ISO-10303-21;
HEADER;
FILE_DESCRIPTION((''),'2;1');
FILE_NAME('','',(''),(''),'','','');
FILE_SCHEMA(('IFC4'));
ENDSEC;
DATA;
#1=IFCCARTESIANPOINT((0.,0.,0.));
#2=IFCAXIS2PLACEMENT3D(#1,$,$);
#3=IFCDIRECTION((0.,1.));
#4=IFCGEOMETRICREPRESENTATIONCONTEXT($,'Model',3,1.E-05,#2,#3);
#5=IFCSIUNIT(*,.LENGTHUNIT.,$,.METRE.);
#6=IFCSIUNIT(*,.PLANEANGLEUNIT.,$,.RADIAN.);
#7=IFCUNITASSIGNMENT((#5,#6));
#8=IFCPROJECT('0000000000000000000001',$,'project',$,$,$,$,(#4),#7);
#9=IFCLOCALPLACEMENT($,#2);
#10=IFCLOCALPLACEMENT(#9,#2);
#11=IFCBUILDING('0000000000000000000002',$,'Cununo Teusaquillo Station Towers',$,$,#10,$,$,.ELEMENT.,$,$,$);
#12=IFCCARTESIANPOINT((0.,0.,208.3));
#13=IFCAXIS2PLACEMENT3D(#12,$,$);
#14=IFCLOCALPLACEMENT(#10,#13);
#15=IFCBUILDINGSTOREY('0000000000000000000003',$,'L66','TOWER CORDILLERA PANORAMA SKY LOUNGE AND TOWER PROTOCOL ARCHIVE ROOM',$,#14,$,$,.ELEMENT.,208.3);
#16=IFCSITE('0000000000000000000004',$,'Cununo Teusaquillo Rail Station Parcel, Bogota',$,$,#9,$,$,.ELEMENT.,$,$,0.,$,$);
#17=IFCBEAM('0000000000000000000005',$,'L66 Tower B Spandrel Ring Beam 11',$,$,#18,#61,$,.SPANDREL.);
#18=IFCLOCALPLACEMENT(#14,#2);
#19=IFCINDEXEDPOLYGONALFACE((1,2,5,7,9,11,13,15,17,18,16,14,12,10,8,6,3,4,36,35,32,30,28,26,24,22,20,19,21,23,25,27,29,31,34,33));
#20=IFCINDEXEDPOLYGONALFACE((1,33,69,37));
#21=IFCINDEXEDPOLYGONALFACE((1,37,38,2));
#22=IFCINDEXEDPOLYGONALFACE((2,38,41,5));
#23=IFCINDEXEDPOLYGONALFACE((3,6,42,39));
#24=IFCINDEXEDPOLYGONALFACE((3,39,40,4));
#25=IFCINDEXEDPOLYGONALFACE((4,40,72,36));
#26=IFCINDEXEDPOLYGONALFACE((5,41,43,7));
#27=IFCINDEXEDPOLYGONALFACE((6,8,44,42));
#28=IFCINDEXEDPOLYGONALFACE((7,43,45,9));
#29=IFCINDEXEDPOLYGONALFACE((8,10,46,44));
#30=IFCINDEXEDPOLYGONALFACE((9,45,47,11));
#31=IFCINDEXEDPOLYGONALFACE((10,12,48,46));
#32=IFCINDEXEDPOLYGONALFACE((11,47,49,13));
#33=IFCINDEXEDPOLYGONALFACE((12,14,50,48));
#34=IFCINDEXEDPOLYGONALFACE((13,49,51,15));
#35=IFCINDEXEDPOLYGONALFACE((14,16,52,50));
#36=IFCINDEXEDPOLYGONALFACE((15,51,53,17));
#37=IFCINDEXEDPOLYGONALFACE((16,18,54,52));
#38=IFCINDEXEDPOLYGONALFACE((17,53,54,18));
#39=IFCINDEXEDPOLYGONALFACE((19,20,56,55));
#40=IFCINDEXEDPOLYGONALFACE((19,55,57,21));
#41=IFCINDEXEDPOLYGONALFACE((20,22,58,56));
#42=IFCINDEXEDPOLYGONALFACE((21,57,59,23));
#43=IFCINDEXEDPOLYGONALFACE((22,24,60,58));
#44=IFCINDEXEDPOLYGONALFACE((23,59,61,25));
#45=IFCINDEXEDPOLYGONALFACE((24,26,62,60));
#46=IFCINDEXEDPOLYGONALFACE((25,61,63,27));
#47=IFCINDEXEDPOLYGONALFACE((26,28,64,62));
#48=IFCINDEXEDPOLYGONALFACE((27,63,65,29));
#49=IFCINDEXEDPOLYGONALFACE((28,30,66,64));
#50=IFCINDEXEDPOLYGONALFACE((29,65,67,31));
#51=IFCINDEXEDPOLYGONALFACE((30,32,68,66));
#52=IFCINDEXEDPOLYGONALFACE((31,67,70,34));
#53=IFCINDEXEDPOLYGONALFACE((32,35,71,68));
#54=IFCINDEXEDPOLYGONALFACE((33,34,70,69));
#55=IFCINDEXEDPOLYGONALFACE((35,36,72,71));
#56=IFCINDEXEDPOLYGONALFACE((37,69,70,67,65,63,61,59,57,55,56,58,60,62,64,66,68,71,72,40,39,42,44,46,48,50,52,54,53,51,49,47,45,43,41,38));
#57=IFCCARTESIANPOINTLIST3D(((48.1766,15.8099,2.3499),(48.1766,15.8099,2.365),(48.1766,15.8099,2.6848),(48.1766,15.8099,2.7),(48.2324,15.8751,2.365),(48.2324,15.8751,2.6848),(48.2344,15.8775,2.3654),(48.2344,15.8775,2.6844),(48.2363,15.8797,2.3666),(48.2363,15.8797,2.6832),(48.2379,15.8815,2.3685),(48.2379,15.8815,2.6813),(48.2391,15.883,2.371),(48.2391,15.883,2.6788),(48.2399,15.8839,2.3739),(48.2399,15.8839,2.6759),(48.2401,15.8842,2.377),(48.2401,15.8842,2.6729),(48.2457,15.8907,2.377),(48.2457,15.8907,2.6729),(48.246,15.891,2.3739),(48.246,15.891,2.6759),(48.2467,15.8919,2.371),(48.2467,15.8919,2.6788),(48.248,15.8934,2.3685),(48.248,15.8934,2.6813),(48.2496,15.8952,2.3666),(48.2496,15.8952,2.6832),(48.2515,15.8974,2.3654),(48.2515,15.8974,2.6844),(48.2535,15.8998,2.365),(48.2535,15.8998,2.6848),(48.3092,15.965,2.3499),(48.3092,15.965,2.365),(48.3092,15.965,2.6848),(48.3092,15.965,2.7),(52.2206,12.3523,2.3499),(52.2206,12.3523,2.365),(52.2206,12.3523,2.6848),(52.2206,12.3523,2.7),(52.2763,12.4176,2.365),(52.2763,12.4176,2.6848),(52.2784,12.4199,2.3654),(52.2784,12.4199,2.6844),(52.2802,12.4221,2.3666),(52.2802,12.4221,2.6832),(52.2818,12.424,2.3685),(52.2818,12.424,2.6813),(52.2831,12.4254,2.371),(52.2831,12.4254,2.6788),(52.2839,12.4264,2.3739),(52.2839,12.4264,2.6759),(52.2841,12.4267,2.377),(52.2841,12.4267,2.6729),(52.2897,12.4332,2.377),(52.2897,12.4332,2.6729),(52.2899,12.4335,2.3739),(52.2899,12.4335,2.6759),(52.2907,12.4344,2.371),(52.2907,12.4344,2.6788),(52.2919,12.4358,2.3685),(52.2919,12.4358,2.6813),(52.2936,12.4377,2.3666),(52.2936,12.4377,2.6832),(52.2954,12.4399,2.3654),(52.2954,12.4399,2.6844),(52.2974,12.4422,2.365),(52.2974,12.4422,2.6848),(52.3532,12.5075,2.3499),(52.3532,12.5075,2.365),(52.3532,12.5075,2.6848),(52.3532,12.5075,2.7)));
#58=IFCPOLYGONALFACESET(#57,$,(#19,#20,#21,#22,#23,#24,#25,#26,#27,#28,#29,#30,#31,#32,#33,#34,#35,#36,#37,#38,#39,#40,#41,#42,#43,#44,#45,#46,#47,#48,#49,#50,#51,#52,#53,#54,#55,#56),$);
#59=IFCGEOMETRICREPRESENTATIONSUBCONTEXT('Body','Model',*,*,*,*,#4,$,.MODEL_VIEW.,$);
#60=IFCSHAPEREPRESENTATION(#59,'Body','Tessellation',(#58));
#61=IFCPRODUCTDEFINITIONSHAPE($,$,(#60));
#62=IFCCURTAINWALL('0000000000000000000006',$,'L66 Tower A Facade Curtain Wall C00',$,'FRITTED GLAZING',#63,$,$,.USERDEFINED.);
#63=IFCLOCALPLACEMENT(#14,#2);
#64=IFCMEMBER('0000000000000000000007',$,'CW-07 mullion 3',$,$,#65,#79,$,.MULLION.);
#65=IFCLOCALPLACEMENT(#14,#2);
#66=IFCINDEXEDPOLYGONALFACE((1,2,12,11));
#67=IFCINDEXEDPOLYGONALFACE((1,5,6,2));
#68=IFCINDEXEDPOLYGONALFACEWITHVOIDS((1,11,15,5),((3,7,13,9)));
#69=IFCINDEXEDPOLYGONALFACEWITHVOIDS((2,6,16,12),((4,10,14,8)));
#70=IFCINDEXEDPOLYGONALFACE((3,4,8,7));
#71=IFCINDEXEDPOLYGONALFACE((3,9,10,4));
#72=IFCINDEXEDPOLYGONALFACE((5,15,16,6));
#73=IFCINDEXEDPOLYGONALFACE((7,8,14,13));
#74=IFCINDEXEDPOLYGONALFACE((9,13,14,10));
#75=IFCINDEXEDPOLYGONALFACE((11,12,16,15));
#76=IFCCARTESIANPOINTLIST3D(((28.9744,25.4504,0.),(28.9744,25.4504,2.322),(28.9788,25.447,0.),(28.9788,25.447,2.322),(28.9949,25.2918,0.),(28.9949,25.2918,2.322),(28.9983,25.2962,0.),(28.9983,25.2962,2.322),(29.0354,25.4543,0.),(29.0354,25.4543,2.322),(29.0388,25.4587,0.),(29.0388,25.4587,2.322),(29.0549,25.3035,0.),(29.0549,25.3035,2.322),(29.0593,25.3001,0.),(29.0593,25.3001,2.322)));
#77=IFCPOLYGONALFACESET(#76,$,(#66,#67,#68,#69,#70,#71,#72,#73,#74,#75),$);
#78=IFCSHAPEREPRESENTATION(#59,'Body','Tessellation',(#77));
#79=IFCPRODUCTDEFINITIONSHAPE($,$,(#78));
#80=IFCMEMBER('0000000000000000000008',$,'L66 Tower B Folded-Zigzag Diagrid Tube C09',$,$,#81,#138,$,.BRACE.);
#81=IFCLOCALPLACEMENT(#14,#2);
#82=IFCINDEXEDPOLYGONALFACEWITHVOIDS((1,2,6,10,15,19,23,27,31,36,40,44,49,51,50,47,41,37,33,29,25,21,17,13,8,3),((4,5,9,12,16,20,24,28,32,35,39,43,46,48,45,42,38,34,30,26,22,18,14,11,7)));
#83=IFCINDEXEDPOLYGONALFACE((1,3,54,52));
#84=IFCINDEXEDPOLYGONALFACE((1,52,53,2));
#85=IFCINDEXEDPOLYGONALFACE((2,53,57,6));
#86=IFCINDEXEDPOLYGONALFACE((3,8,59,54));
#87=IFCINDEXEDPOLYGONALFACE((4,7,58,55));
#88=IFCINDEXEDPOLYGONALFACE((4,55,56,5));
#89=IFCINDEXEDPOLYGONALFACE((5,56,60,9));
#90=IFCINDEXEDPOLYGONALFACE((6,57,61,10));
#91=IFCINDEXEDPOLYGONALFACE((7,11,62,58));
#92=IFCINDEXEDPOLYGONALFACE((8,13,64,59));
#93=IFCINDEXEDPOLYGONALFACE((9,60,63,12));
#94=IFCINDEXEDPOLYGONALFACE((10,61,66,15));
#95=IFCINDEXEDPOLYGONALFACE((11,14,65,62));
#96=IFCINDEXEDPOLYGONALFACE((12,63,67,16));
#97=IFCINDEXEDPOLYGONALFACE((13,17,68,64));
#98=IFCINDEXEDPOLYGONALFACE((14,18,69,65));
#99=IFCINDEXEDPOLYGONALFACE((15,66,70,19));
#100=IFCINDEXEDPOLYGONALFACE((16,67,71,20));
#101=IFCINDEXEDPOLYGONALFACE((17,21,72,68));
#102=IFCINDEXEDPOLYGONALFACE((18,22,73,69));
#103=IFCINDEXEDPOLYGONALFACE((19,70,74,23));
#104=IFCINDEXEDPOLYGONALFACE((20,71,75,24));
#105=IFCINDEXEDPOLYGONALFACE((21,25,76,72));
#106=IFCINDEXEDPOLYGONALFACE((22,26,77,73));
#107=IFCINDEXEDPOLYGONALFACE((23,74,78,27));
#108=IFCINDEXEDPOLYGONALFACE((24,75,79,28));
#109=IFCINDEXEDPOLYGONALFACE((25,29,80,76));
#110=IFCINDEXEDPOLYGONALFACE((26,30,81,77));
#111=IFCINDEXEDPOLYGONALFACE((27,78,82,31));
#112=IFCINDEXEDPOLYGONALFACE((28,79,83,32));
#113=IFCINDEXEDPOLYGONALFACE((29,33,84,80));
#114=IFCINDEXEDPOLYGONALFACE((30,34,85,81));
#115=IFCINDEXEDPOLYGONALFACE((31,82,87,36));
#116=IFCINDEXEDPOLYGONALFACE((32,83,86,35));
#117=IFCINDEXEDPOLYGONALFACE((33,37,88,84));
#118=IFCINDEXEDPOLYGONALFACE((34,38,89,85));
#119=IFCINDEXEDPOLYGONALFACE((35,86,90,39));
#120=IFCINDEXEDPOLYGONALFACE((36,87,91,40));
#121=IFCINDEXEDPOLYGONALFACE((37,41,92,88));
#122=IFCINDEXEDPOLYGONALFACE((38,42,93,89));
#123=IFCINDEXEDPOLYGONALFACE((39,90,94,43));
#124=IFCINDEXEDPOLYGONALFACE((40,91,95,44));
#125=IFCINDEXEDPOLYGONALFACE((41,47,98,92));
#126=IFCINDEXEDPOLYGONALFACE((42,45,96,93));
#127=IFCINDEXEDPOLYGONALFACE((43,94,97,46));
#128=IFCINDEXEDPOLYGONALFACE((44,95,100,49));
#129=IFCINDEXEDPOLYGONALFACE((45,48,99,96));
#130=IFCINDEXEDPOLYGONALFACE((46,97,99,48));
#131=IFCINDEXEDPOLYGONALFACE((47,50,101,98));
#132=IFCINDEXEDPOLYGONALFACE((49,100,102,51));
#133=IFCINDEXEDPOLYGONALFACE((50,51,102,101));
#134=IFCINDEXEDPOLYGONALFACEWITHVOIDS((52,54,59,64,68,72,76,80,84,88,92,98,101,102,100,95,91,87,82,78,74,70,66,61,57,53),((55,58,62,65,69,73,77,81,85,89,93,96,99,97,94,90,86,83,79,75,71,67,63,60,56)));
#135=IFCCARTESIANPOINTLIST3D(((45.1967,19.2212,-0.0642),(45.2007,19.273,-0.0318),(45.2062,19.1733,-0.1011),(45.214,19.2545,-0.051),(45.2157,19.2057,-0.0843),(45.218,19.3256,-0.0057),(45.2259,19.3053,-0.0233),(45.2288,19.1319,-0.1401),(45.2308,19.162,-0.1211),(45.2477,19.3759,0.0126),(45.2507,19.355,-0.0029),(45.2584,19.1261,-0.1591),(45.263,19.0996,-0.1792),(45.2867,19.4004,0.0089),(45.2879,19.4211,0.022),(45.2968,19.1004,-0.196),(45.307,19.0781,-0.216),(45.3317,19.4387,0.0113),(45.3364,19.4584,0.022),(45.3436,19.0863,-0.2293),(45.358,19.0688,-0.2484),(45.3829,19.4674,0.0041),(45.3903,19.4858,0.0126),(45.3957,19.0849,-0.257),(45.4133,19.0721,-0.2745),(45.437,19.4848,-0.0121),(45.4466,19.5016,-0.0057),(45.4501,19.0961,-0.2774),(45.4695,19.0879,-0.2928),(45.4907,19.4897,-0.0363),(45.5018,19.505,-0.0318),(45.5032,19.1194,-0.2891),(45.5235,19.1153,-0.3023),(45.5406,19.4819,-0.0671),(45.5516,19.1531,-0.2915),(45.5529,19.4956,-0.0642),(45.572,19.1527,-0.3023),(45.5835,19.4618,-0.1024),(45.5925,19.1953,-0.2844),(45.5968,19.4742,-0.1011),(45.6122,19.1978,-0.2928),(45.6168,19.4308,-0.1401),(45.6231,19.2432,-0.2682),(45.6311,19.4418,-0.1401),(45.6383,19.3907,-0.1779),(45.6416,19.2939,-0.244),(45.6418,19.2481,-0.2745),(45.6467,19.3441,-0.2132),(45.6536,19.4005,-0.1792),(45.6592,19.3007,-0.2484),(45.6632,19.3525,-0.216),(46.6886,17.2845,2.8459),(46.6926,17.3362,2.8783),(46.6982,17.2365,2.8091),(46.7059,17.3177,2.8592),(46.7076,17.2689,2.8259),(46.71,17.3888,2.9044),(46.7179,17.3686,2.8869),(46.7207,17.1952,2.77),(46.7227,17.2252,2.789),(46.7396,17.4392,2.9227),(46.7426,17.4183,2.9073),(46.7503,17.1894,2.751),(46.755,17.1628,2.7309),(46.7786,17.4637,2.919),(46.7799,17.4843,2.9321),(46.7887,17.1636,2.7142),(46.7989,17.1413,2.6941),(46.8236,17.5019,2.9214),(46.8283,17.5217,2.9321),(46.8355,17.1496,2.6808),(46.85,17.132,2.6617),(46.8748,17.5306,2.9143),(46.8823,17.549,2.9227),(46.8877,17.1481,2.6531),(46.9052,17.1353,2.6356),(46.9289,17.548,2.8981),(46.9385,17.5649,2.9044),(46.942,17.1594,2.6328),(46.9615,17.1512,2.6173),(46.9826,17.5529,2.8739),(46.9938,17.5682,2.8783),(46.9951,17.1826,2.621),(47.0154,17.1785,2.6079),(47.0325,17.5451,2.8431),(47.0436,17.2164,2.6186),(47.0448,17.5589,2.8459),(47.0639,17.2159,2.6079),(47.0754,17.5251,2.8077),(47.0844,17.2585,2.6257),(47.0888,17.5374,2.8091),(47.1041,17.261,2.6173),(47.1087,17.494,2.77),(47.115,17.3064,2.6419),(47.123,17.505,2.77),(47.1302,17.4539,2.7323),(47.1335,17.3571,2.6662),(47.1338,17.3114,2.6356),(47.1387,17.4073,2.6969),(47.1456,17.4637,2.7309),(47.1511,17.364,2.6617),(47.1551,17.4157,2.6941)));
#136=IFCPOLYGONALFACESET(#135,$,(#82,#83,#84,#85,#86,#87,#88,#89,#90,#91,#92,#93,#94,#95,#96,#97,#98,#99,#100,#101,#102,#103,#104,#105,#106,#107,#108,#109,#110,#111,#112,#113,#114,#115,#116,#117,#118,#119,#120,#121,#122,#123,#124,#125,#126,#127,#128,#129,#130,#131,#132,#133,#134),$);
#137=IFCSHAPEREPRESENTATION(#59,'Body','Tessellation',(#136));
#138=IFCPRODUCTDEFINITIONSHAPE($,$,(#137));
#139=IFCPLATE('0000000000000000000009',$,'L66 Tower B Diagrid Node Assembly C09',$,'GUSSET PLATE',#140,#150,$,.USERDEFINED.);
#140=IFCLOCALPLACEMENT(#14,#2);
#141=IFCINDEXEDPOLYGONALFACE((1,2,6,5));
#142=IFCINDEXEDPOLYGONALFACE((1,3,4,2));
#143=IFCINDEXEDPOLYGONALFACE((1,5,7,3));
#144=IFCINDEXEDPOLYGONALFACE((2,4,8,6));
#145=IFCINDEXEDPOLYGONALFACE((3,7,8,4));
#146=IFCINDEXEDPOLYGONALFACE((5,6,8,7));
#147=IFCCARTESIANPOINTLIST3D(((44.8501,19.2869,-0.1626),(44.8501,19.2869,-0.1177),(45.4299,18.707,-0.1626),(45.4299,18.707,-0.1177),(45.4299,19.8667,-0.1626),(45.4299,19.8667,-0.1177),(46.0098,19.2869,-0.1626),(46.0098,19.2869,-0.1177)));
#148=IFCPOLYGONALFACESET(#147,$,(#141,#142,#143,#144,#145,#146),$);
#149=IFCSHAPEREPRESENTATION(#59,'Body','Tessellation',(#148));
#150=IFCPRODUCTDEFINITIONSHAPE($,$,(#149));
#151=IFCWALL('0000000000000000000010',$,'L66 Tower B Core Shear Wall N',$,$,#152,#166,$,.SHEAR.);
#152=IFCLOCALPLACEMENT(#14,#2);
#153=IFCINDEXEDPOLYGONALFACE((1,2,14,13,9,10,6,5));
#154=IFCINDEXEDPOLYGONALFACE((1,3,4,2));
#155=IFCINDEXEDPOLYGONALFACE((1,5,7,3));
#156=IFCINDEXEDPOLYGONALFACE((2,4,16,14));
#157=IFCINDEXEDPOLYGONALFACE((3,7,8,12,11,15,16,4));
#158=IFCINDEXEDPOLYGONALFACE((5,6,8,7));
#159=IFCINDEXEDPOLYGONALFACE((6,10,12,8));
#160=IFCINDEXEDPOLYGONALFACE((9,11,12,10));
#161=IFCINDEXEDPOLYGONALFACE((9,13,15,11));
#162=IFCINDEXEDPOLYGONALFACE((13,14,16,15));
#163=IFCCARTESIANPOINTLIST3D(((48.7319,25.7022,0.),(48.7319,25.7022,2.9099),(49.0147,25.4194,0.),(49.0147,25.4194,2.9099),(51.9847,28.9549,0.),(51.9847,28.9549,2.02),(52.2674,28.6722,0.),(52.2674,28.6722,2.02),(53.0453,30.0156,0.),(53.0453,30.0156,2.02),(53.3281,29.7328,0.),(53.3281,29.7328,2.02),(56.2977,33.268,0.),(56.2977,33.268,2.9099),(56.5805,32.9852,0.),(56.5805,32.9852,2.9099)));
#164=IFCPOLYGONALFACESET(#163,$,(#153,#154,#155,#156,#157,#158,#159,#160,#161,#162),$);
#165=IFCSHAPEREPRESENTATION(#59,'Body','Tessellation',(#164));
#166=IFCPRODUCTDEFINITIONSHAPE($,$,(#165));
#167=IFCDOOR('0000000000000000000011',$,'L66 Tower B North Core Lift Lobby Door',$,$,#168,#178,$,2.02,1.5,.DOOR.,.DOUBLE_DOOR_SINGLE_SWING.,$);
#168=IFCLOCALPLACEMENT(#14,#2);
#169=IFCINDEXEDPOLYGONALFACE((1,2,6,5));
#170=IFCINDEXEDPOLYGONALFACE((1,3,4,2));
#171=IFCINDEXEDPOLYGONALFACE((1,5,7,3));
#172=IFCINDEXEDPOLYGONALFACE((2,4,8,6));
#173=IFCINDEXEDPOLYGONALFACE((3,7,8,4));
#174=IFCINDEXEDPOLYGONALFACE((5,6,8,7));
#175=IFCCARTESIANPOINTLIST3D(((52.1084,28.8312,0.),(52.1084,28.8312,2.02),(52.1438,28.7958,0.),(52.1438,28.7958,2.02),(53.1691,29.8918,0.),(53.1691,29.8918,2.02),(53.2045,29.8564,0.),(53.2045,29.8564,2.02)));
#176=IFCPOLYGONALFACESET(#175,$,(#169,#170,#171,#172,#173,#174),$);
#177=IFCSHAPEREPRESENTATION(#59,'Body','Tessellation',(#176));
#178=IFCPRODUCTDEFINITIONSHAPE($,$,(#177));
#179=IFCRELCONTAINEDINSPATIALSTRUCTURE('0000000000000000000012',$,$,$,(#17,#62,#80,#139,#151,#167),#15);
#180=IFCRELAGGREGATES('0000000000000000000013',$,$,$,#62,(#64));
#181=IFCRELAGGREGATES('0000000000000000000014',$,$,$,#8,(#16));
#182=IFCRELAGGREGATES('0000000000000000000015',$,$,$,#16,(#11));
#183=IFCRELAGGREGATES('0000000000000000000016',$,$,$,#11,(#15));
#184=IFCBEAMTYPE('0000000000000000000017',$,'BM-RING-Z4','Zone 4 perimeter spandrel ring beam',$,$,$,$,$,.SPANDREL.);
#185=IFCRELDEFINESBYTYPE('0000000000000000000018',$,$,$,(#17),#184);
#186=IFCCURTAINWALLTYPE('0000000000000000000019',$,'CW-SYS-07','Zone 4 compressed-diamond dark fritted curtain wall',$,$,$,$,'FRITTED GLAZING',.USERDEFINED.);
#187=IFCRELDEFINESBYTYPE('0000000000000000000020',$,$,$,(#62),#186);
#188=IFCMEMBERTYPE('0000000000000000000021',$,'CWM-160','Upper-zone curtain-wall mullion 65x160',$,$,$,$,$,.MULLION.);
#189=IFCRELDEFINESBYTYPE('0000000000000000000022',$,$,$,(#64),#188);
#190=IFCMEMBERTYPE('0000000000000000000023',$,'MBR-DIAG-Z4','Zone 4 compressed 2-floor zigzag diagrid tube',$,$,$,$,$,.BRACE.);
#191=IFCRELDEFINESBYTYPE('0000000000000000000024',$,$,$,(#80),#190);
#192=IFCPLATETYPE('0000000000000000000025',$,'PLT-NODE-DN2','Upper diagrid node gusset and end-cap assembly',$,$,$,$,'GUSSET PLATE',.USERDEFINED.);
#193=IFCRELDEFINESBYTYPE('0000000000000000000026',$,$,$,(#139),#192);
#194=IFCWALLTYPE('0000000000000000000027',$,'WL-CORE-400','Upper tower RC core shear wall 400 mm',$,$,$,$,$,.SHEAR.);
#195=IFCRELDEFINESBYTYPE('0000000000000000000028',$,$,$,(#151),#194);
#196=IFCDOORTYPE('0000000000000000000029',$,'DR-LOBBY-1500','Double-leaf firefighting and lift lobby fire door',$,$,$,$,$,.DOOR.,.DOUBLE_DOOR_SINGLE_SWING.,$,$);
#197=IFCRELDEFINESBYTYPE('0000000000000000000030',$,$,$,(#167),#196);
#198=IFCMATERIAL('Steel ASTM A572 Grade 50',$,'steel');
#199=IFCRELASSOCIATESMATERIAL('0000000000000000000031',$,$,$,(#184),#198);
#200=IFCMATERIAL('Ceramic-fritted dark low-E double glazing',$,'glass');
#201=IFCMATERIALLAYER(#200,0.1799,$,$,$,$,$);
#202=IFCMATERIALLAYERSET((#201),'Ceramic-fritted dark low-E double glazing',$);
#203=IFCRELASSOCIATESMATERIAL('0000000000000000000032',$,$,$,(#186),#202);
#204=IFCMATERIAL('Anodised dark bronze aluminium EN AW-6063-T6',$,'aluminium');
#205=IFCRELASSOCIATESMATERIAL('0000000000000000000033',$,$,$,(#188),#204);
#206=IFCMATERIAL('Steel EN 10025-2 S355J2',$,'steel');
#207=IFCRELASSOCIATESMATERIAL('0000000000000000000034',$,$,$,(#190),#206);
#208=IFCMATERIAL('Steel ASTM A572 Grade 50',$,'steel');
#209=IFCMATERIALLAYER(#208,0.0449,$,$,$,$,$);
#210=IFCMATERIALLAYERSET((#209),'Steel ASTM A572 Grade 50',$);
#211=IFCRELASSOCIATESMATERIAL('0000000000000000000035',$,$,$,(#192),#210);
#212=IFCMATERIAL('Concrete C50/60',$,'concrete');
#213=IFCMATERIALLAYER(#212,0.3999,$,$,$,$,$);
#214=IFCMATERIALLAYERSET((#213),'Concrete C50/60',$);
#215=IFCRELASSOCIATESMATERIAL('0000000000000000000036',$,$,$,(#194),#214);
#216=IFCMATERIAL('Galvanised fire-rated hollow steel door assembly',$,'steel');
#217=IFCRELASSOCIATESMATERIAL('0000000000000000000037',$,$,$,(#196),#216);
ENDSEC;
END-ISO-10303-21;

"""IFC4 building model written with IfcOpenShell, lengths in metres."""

from ifc_helpers import new_model, si_unit, direction, frame, frame_2d, origin, origin_2d, place, context, subcontext, project, spatial, rectangle, hollow_rectangle, hollow_circle, i_section, extrude, source, transform, mapped, material, layer, layer_set, material_profile, profile_set, type_object, element, fill, aggregate, save


model = new_model("IFC4")

# Units and contexts
model_context = context("Model", 3, precision=1e-05, world=origin(), true_north=direction((0.0, 1.0)))
body_context = subcontext(model_context, "Body", "Model", "MODEL_VIEW")
ifc_project = project(units=[si_unit("LENGTHUNIT", "METRE"), si_unit("PLANEANGLEUNIT", "RADIAN")], contexts=[model_context])

# Site, building, storey
site_placement = place(None, origin())
site = spatial("IfcSite", under=ifc_project, at=site_placement, Name="Cununo Teusaquillo Rail Station Parcel, Bogota", CompositionType="ELEMENT", RefElevation=0.0)
building_placement = place(site_placement, origin())
building = spatial("IfcBuilding", under=site, at=building_placement, Name="Cununo Teusaquillo Station Towers", CompositionType="ELEMENT")
storey_placement = place(building_placement, frame((0.0, 0.0, 208.3)))
storey = spatial("IfcBuildingStorey", under=building, at=storey_placement, Name="L66", Description="TOWER CORDILLERA PANORAMA SKY LOUNGE AND TOWER PROTOCOL ARCHIVE ROOM", CompositionType="ELEMENT", Elevation=208.3)

# Beam
ifc_material_1 = material(Name="Steel ASTM A572 Grade 50", Category="steel")
ifc_material_profile_1 = material_profile(ifc_material_1, i_section(OverallWidth=0.2041, OverallDepth=0.3501, WebThickness=0.0085, FlangeThickness=0.0151, FilletRadius=0.012, at=origin_2d()), Name="W14X48")
ifc_profile_set_1 = profile_set([ifc_material_profile_1], Name="Steel ASTM A572 Grade 50")
beam_type_1 = type_object("IfcBeamType", Name="BM-RING-Z4", Description="Zone 4 perimeter spandrel ring beam", PredefinedType="SPANDREL", material=ifc_profile_set_1)
beam_1_placement = place(storey_placement, frame((48.2429, 15.8875, 2.5249), z_axis=(0.760066, -0.649846, 0.0), x_axis=(0.649846, 0.760066, 0.0)))
element("IfcBeam", 1, at=beam_1_placement, inside=storey, type_object=beam_type_1, Name="L66 Tower B Spandrel Ring Beam 11", PredefinedType="SPANDREL", context=body_context, shape_type="SweptSolid", body=[
    extrude(i_section(OverallWidth=0.2041, OverallDepth=0.3501, WebThickness=0.0085, FlangeThickness=0.0151, FilletRadius=0.012, at=origin_2d()), origin(), (0.0, 0.0, 1.0), 5.3206),
])

# Curtain wall, member
ifc_material_2 = material(Name="Ceramic-fritted dark low-E double glazing", Category="glass")
ifc_layer_1 = layer(ifc_material_2, 0.1799)
ifc_layer_set_1 = layer_set([ifc_layer_1], Name="Ceramic-fritted dark low-E double glazing")
curtain_wall_type = type_object("IfcCurtainWallType", Name="CW-SYS-07", Description="Zone 4 compressed-diamond dark fritted curtain wall", ElementType="FRITTED GLAZING", PredefinedType="USERDEFINED", material=ifc_layer_set_1)
curtain_wall_placement = place(storey_placement, origin())
curtain_wall = element("IfcCurtainWall", 2, at=curtain_wall_placement, inside=storey, type_object=curtain_wall_type, Name="L66 Tower A Facade Curtain Wall C00", ObjectType="FRITTED GLAZING", PredefinedType="USERDEFINED")
ifc_material_3 = material(Name="Anodised dark bronze aluminium EN AW-6063-T6", Category="aluminium")
ifc_material_profile_2 = material_profile(ifc_material_3, hollow_rectangle(XDim=0.0649, YDim=0.1599, WallThickness=0.0039, at=origin_2d()), Name="CW-MULL-65x160")
ifc_profile_set_2 = profile_set([ifc_material_profile_2], Name="Anodised dark bronze aluminium EN AW-6063-T6")
member_type_1 = type_object("IfcMemberType", Name="CWM-160", Description="Upper-zone curtain-wall mullion 65x160", PredefinedType="MULLION", material=ifc_profile_set_2)
member_1_placement = place(storey_placement, frame((29.0168, 25.3752, 0.0), z_axis=(0.0, 0.0, 1.0), x_axis=(0.991742, 0.128253, 0.0)))
member_1 = element("IfcMember", 3, at=member_1_placement, type_object=member_type_1, Name="CW-07 mullion 3", PredefinedType="MULLION", context=body_context, shape_type="SweptSolid", body=[
    extrude(hollow_rectangle(XDim=0.0649, YDim=0.1599, WallThickness=0.0039, at=origin_2d()), origin(), (0.0, 0.0, 1.0), 2.322),
])
aggregate(curtain_wall, [member_1])

# Member
ifc_material_4 = material(Name="Steel EN 10025-2 S355J2", Category="steel")
ifc_material_profile_3 = material_profile(ifc_material_4, hollow_circle(Radius=0.2539, WallThickness=0.0181, at=origin_2d()), Name="CHS 508x18")
ifc_profile_set_3 = profile_set([ifc_material_profile_3], Name="Steel EN 10025-2 S355J2")
member_type_2 = type_object("IfcMemberType", Name="MBR-DIAG-Z4", Description="Zone 4 compressed 2-floor zigzag diagrid tube", PredefinedType="BRACE", material=ifc_profile_set_3)
member_2_placement = place(storey_placement, frame((45.4299, 19.2869, -0.1401), z_axis=(0.392535, -0.50957, 0.765672), x_axis=(0.792204, 0.610256, 0.0)))
element("IfcMember", 4, at=member_2_placement, inside=storey, type_object=member_type_2, Name="L66 Tower B Folded-Zigzag Diagrid Tube C09", PredefinedType="BRACE", context=body_context, shape_type="SweptSolid", body=[
    extrude(hollow_circle(Radius=0.2539, WallThickness=0.0181, at=origin_2d()), origin(), (0.0, 0.0, 1.0), 3.8008),
])

# Plate
ifc_material_5 = material(Name="Steel ASTM A572 Grade 50", Category="steel")
ifc_layer_2 = layer(ifc_material_5, 0.0449)
ifc_layer_set_2 = layer_set([ifc_layer_2], Name="Steel ASTM A572 Grade 50")
plate_type = type_object("IfcPlateType", Name="PLT-NODE-DN2", Description="Upper diagrid node gusset and end-cap assembly", ElementType="GUSSET PLATE", PredefinedType="USERDEFINED", material=ifc_layer_set_2)
shared_shape_1 = source(origin(), body_context, "Body", "SweptSolid", [
    extrude(rectangle(XDim=0.8201, YDim=0.8201, at=origin_2d()), origin(), (0.0, 0.0, 1.0), 0.0449),
])
plate_placement = place(storey_placement, frame((45.4299, 19.2869, -0.1626), z_axis=(0.0, 0.0, 1.0), x_axis=(0.707107, 0.707107, 0.0)))
element("IfcPlate", 5, at=plate_placement, inside=storey, type_object=plate_type, Name="L66 Tower B Diagrid Node Assembly C09", ObjectType="GUSSET PLATE", PredefinedType="USERDEFINED", context=body_context, shape_type="MappedRepresentation", body=[
    mapped(shared_shape_1, transform((0.0, 0.0, 0.0), x_axis=(1.0, 0.0, 0.0), y_axis=(0.0, 1.0, 0.0), z_axis=(0.0, 0.0, 1.0), scale=1.0)),
])

# Wall, opening, door
ifc_material_6 = material(Name="Concrete C50/60", Category="concrete")
ifc_layer_3 = layer(ifc_material_6, 0.3999)
ifc_layer_set_3 = layer_set([ifc_layer_3], Name="Concrete C50/60")
wall_type_1 = type_object("IfcWallType", Name="WL-CORE-400", Description="Upper tower RC core shear wall 400 mm", PredefinedType="SHEAR", material=ifc_layer_set_3)
wall_1_placement = place(storey_placement, frame((48.8733, 25.5608, 0.0), z_axis=(0.0, 0.0, 1.0), x_axis=(0.707107, 0.707107, 0.0)))
wall_1 = element("IfcWall", 6, at=wall_1_placement, inside=storey, type_object=wall_type_1, Name="L66 Tower B Core Shear Wall N", PredefinedType="SHEAR", context=body_context, shape_type="SweptSolid", body=[
    extrude(rectangle(XDim=10.6997, YDim=0.3999, at=frame_2d((5.3499, 0.0))), origin(), (0.0, 0.0, 1.0), 2.9099),
])
shared_shape_2 = source(origin(), body_context, "Body", "SweptSolid", [
    extrude(rectangle(XDim=1.5, YDim=2.02, at=frame_2d((0.75, 1.01))), frame((0.0, 0.21, 0.0), z_axis=(0.0, -1.0, 0.0), x_axis=(1.0, 0.0, 0.0)), (0.0, 0.0, 1.0), 0.4199),
])
opening_1_placement = place(wall_1_placement, frame((4.6001, 0.0, 0.0)))
opening_1 = element("IfcOpeningElement", 7, at=opening_1_placement, cuts=wall_1, PredefinedType="OPENING", context=body_context, shape_type="MappedRepresentation", body=[
    mapped(shared_shape_2, transform((0.0, 0.0, 0.0), x_axis=(1.0, 0.0, 0.0), y_axis=(0.0, 1.0, 0.0), z_axis=(0.0, 0.0, 1.0), scale=1.0)),
])
ifc_material_7 = material(Name="Galvanised fire-rated hollow steel door assembly", Category="steel")
door_type_1 = type_object("IfcDoorType", Name="DR-LOBBY-1500", Description="Double-leaf firefighting and lift lobby fire door", OperationType="DOUBLE_DOOR_SINGLE_SWING", PredefinedType="DOOR", material=ifc_material_7)
shared_shape_3 = source(origin(), body_context, "Body", "SweptSolid", [
    extrude(rectangle(XDim=1.5, YDim=2.02, at=frame_2d((0.75, 1.01))), frame((0.0, 0.0249, 0.0), z_axis=(0.0, -1.0, 0.0), x_axis=(1.0, 0.0, 0.0)), (0.0, 0.0, 1.0), 0.05),
])
door_1_placement = place(opening_1_placement, origin())
door_1 = element("IfcDoor", 8, at=door_1_placement, inside=storey, type_object=door_type_1, Name="L66 Tower B North Core Lift Lobby Door", OperationType="DOUBLE_DOOR_SINGLE_SWING", OverallHeight=2.02, OverallWidth=1.5, PredefinedType="DOOR", context=body_context, shape_type="MappedRepresentation", body=[
    mapped(shared_shape_3, transform((0.0, 0.0, 0.0), x_axis=(1.0, 0.0, 0.0), y_axis=(0.0, 1.0, 0.0), z_axis=(0.0, 0.0, 1.0), scale=1.0)),
])
fill(opening_1, door_1)

save(model, "model.ifc")
